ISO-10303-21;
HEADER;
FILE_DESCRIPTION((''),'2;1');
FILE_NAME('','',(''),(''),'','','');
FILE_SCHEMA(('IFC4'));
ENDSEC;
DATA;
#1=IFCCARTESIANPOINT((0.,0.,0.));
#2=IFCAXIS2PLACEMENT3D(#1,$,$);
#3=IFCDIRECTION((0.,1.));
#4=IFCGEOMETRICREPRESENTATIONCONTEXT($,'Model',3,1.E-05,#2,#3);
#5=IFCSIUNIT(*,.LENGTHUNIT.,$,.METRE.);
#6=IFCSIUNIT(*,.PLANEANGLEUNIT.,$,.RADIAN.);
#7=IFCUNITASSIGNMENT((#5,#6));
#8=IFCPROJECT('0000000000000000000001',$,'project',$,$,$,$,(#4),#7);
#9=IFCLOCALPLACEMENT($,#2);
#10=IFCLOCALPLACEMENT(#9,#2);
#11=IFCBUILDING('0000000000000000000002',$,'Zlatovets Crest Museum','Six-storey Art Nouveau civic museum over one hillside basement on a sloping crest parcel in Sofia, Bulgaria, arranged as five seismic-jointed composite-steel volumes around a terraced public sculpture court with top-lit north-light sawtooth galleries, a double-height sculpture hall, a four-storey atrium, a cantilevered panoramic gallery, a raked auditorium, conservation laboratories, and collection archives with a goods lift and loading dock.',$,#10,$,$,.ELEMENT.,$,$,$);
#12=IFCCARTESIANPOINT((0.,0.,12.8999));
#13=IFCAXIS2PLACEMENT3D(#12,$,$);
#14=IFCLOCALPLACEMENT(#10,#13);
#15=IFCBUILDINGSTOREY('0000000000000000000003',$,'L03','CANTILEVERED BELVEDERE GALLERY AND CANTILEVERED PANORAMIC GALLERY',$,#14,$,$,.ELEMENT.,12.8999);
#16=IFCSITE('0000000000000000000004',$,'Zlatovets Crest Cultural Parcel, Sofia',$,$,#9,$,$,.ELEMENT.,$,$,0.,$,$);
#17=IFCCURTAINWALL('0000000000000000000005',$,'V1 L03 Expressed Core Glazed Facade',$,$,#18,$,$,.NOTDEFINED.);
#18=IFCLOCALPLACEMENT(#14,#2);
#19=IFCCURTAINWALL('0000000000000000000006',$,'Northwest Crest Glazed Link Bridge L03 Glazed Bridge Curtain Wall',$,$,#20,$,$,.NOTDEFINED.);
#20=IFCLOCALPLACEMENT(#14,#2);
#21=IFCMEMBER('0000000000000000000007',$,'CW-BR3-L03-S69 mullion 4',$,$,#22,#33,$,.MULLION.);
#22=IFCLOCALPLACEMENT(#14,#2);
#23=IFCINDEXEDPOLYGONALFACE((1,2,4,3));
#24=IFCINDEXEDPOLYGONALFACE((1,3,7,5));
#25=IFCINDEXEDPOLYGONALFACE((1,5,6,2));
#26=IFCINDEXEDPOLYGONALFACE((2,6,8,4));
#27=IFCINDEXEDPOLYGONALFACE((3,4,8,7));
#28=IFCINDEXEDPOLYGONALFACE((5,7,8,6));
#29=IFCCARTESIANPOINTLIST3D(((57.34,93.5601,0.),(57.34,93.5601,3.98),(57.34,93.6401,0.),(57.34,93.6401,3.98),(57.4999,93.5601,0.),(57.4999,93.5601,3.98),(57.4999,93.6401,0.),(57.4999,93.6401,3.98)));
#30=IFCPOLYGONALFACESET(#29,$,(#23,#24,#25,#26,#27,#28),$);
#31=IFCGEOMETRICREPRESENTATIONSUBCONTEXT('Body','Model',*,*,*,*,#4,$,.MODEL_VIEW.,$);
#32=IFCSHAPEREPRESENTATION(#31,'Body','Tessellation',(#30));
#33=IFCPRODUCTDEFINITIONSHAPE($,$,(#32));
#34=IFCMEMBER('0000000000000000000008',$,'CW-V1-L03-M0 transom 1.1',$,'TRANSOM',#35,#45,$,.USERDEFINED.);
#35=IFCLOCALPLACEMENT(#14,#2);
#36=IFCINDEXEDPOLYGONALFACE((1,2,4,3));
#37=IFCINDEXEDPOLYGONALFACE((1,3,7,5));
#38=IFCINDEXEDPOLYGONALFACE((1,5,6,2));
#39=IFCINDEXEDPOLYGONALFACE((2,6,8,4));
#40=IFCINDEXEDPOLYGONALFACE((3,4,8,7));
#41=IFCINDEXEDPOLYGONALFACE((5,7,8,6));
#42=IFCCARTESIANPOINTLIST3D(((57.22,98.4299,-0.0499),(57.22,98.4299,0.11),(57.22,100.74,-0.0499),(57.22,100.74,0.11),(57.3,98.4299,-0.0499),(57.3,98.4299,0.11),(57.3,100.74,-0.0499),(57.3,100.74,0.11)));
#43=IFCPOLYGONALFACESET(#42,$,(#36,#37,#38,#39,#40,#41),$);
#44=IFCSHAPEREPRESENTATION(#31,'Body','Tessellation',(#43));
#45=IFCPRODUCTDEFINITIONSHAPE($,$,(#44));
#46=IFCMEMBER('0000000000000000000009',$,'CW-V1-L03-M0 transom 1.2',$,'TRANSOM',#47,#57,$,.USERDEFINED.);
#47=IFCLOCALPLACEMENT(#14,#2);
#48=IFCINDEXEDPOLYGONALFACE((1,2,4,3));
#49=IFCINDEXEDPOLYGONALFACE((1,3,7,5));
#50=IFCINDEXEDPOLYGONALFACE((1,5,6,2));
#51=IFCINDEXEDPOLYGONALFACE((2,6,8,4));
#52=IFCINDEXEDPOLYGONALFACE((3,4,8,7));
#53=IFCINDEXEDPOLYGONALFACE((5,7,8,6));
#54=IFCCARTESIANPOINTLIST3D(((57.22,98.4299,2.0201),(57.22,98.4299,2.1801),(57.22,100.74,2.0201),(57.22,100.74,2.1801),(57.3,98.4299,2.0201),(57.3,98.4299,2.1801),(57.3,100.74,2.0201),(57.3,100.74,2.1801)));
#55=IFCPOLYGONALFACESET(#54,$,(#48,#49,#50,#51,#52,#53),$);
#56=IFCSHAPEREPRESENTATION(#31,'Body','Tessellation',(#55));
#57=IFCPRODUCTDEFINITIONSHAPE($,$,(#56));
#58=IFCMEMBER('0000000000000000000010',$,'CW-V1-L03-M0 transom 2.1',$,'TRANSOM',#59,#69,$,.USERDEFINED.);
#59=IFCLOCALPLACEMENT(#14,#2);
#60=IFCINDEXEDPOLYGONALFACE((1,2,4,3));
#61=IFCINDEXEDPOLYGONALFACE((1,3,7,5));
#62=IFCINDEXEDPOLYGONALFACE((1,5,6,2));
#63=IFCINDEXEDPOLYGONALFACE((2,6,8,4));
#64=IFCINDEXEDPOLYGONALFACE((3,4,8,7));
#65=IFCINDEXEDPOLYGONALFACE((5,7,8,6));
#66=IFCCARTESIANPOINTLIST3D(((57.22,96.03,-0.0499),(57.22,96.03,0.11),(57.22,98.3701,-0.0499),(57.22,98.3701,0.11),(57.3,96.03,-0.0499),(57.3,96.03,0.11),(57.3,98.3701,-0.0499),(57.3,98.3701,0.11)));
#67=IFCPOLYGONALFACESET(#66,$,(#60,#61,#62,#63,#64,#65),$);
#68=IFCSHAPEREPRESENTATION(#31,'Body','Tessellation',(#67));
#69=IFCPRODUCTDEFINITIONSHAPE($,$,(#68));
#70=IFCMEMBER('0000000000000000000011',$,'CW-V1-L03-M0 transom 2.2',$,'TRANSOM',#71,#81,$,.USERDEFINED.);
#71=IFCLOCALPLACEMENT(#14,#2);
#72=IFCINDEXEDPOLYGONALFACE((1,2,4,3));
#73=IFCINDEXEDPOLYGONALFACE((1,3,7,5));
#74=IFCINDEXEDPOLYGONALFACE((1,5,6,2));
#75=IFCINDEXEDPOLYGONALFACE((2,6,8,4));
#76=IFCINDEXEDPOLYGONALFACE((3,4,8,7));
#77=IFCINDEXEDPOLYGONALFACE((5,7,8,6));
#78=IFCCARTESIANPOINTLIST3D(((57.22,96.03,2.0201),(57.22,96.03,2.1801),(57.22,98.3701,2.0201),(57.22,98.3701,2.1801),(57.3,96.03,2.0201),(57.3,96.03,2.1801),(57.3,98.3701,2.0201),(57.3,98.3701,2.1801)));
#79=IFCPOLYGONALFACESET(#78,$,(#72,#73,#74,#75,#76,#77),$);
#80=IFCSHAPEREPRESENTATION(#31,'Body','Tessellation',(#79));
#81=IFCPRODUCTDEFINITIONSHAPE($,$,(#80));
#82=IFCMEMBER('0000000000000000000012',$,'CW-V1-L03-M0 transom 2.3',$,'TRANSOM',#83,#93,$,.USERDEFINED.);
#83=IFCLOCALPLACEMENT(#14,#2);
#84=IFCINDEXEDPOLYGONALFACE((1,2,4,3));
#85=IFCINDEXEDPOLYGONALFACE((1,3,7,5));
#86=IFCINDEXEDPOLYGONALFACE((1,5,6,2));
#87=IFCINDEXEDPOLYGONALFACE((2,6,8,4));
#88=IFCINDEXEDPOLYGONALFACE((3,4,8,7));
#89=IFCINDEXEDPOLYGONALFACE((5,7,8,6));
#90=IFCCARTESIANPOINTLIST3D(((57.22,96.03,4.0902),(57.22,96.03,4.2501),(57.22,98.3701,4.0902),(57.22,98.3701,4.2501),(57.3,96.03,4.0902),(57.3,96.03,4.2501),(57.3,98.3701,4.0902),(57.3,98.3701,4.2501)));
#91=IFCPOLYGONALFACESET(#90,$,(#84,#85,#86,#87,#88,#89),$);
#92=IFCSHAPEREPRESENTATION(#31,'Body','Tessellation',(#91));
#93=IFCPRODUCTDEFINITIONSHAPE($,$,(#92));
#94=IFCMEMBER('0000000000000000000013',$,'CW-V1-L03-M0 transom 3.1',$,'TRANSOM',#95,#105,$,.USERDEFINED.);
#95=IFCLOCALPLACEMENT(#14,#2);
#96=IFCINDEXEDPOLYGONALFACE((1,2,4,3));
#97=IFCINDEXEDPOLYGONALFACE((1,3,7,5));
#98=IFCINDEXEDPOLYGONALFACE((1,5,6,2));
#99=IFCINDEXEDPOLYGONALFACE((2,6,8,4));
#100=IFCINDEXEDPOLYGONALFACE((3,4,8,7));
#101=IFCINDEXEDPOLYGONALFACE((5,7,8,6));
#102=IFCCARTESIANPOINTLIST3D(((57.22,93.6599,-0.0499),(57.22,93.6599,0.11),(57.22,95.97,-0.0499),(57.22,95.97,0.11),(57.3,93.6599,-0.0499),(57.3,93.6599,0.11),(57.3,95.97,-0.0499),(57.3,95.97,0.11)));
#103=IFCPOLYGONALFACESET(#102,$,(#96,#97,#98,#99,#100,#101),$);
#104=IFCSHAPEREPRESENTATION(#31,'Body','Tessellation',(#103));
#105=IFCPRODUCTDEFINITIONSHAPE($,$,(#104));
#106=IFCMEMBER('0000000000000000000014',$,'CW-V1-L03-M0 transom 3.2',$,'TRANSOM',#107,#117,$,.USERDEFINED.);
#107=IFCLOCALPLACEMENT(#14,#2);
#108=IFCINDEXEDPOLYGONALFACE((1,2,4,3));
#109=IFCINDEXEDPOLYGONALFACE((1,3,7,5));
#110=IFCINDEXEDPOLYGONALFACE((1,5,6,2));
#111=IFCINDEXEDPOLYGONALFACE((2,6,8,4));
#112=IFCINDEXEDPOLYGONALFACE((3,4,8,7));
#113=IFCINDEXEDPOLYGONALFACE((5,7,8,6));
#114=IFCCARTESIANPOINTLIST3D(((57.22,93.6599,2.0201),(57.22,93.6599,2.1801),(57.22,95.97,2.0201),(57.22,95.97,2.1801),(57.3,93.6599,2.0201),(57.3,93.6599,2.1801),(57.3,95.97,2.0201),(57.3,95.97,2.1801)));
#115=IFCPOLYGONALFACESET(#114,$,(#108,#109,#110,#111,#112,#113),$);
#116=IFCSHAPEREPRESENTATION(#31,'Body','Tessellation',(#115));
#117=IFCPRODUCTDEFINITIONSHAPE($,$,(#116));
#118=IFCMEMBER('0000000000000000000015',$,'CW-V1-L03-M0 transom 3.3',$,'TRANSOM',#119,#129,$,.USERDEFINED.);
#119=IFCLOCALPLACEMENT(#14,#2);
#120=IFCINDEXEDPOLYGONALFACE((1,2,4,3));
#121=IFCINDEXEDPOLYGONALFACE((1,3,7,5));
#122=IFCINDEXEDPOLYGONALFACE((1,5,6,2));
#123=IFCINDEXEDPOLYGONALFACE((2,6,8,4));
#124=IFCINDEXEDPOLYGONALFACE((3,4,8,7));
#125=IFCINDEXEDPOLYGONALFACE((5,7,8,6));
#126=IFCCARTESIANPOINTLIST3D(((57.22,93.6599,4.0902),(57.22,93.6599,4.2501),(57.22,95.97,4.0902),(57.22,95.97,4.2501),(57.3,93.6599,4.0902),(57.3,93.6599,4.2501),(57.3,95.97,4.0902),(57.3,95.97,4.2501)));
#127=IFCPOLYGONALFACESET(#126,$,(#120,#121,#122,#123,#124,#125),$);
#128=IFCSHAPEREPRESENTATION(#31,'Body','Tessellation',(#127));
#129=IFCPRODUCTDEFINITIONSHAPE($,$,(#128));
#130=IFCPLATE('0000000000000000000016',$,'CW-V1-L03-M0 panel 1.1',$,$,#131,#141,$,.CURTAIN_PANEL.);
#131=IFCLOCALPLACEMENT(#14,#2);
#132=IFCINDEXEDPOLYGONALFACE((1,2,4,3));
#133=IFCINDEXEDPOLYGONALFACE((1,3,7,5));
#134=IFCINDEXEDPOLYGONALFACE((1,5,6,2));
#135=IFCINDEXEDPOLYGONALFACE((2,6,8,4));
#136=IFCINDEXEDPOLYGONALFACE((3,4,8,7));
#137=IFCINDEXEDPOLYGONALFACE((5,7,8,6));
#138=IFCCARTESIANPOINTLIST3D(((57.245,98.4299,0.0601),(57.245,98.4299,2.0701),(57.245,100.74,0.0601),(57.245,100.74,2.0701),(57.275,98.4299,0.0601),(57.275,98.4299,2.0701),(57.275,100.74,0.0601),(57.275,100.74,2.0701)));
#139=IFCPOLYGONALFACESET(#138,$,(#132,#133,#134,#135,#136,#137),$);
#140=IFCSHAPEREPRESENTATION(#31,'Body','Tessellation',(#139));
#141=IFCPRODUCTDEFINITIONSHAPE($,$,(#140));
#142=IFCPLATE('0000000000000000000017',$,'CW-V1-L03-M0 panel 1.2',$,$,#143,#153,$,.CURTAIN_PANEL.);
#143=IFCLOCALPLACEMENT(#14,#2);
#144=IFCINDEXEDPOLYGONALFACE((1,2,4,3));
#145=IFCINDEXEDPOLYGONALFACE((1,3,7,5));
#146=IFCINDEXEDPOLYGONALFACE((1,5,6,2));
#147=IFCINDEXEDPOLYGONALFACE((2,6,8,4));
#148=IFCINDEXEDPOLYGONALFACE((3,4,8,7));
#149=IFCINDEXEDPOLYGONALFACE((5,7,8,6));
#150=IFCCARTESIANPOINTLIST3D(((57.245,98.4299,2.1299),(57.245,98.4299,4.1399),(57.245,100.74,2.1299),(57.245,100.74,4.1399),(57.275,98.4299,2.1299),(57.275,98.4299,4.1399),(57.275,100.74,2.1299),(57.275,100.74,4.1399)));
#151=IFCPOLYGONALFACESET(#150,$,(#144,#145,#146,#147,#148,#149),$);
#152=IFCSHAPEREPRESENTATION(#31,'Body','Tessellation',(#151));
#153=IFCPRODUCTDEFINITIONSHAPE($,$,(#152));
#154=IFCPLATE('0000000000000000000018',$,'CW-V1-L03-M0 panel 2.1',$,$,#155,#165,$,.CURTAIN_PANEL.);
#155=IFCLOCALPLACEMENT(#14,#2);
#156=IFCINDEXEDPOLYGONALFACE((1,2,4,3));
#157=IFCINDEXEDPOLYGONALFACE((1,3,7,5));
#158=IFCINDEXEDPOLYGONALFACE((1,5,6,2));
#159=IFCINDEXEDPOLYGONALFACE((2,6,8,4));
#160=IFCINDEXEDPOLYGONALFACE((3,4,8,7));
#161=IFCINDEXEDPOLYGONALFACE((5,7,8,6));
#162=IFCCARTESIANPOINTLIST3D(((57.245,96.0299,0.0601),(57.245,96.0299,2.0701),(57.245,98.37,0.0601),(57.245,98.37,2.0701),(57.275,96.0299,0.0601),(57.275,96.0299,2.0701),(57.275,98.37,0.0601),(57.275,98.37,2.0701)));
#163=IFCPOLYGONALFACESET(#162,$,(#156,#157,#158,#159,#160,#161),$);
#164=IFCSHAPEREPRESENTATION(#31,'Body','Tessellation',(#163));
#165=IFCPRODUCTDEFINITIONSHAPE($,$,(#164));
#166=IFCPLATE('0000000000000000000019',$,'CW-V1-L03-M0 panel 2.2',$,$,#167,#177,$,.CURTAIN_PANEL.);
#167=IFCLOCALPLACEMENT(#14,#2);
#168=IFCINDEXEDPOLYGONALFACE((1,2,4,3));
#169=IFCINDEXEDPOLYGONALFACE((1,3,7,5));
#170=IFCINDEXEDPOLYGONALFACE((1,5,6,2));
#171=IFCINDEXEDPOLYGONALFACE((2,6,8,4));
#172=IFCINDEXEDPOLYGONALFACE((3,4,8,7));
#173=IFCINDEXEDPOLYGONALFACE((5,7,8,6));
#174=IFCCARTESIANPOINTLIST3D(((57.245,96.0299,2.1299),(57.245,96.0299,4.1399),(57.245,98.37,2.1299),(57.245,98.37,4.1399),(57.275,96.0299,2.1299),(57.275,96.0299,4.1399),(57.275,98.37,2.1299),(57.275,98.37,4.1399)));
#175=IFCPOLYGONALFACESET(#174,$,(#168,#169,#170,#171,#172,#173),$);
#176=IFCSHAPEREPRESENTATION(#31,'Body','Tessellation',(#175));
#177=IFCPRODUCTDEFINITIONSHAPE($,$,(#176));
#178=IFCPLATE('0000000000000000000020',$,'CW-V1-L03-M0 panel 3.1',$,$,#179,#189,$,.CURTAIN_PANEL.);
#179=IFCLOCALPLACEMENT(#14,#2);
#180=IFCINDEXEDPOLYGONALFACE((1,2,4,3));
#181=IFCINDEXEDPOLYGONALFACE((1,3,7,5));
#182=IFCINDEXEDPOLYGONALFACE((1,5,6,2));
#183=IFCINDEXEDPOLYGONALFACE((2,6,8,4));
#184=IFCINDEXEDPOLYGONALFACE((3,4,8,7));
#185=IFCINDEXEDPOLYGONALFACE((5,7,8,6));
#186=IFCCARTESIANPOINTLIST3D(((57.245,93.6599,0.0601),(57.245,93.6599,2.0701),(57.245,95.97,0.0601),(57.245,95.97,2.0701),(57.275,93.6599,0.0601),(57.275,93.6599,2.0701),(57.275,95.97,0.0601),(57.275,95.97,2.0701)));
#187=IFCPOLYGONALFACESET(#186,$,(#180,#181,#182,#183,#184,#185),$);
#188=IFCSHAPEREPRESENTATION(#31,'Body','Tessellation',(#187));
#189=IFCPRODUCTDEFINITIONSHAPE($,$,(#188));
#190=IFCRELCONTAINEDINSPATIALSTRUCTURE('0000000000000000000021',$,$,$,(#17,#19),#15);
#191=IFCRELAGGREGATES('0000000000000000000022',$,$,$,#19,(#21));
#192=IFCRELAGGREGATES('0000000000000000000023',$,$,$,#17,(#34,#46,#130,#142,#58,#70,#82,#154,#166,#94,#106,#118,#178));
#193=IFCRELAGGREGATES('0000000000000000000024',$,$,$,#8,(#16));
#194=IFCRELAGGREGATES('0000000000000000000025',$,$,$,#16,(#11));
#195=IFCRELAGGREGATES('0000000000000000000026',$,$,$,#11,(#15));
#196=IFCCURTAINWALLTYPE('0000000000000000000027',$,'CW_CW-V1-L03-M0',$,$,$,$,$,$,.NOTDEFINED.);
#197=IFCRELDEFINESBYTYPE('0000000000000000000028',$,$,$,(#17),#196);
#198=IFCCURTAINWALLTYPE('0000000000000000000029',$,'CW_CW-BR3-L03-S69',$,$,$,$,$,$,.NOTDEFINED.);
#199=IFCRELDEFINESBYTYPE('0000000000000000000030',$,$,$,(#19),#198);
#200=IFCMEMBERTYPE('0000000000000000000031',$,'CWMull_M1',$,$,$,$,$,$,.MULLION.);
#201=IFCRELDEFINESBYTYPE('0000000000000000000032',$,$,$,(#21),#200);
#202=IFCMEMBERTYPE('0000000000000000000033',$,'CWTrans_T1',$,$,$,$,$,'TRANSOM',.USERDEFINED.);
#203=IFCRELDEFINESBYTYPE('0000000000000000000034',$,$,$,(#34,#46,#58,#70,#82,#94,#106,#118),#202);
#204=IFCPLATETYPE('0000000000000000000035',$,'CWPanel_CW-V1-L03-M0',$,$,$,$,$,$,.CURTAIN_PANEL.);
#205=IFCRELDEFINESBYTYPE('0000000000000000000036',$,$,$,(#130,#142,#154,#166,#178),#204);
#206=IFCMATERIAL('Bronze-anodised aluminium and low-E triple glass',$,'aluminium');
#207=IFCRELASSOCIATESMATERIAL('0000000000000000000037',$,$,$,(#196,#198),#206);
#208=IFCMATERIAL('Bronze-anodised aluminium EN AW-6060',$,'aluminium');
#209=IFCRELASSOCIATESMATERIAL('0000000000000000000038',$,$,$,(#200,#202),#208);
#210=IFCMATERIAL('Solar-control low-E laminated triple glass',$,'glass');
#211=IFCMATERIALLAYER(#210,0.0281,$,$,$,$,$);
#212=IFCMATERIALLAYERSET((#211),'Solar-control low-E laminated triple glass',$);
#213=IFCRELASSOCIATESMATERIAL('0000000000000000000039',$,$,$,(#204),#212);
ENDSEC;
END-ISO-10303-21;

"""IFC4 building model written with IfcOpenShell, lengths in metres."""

from ifc_helpers import new_model, si_unit, direction, frame, origin, origin_2d, place, context, subcontext, project, spatial, rectangle, extrude, material, layer, layer_set, material_profile, profile_set, type_object, element, aggregate, save


model = new_model("IFC4")

# Units and contexts
model_context = context("Model", 3, precision=1e-05, world=origin(), true_north=direction((0.0, 1.0)))
body_context = subcontext(model_context, "Body", "Model", "MODEL_VIEW")
ifc_project = project(units=[si_unit("LENGTHUNIT", "METRE"), si_unit("PLANEANGLEUNIT", "RADIAN")], contexts=[model_context])

# Site, building, storey
site_placement = place(None, origin())
site = spatial("IfcSite", under=ifc_project, at=site_placement, Name="Zlatovets Crest Cultural Parcel, Sofia", CompositionType="ELEMENT", RefElevation=0.0)
building_placement = place(site_placement, origin())
building = spatial("IfcBuilding", under=site, at=building_placement, Name="Zlatovets Crest Museum", Description="Six-storey Art Nouveau civic museum over one hillside basement on a sloping crest parcel in Sofia, Bulgaria, arranged as five seismic-jointed composite-steel volumes around a terraced public sculpture court with top-lit north-light sawtooth galleries, a double-height sculpture hall, a four-storey atrium, a cantilevered panoramic gallery, a raked auditorium, conservation laboratories, and collection archives with a goods lift and loading dock.", CompositionType="ELEMENT")
storey_placement = place(building_placement, frame((0.0, 0.0, 12.8999)))
storey = spatial("IfcBuildingStorey", under=building, at=storey_placement, Name="L03", Description="CANTILEVERED BELVEDERE GALLERY AND CANTILEVERED PANORAMIC GALLERY", CompositionType="ELEMENT", Elevation=12.8999)

# Curtain wall
ifc_material_1 = material(Name="Bronze-anodised aluminium and low-E triple glass", Category="aluminium")
curtain_wall_type_1 = type_object("IfcCurtainWallType", Name="CW_CW-V1-L03-M0", PredefinedType="NOTDEFINED", material=ifc_material_1)
curtain_wall_1_placement = place(storey_placement, origin())
curtain_wall_1 = element("IfcCurtainWall", 1, at=curtain_wall_1_placement, inside=storey, type_object=curtain_wall_type_1, Name="V1 L03 Expressed Core Glazed Facade", PredefinedType="NOTDEFINED")
ifc_material_2 = material(Name="Bronze-anodised aluminium EN AW-6060", Category="aluminium")
ifc_material_profile_1 = material_profile(ifc_material_2, rectangle(XDim=0.0801, YDim=0.1599, at=origin_2d()), Name="ALU 80x160")
ifc_profile_set_1 = profile_set([ifc_material_profile_1], Name="Bronze-anodised aluminium EN AW-6060")
member_type_1 = type_object("IfcMemberType", Name="CWMull_M1", PredefinedType="MULLION", material=ifc_profile_set_1)

# Curtain wall, member
curtain_wall_type_2 = type_object("IfcCurtainWallType", Name="CW_CW-BR3-L03-S69", PredefinedType="NOTDEFINED", material=ifc_material_1)
curtain_wall_2_placement = place(storey_placement, origin())
curtain_wall_2 = element("IfcCurtainWall", 2, at=curtain_wall_2_placement, inside=storey, type_object=curtain_wall_type_2, Name="Northwest Crest Glazed Link Bridge L03 Glazed Bridge Curtain Wall", PredefinedType="NOTDEFINED")
member_1_placement = place(storey_placement, frame((57.4199, 93.6001, 0.0), z_axis=(0.0, 0.0, 1.0), x_axis=(0.0, 1.0, 0.0)))
member_1 = element("IfcMember", 3, at=member_1_placement, type_object=member_type_1, Name="CW-BR3-L03-S69 mullion 4", PredefinedType="MULLION", context=body_context, shape_type="SweptSolid", body=[
    extrude(rectangle(XDim=0.0801, YDim=0.1599, at=origin_2d()), origin(), (0.0, 0.0, 1.0), 3.98),
])
aggregate(curtain_wall_2, [member_1])

# Members
ifc_material_profile_2 = material_profile(ifc_material_2, rectangle(XDim=0.0801, YDim=0.1599, at=origin_2d()), Name="ALU 80x160")
ifc_profile_set_2 = profile_set([ifc_material_profile_2], Name="Bronze-anodised aluminium EN AW-6060")
member_type_2 = type_object("IfcMemberType", Name="CWTrans_T1", ElementType="TRANSOM", PredefinedType="USERDEFINED", material=ifc_profile_set_2)
member_2_placement = place(storey_placement, frame((57.26, 100.74, 0.03), z_axis=(0.0, -1.0, 0.0), x_axis=(1.0, 0.0, 0.0)))
member_2 = element("IfcMember", 4, at=member_2_placement, type_object=member_type_2, Name="CW-V1-L03-M0 transom 1.1", ObjectType="TRANSOM", PredefinedType="USERDEFINED", context=body_context, shape_type="SweptSolid", body=[
    extrude(rectangle(XDim=0.0801, YDim=0.1599, at=origin_2d()), origin(), (0.0, 0.0, 1.0), 2.3101),
])
member_3_placement = place(storey_placement, frame((57.26, 100.74, 2.1001), z_axis=(0.0, -1.0, 0.0), x_axis=(1.0, 0.0, 0.0)))
member_3 = element("IfcMember", 5, at=member_3_placement, type_object=member_type_2, Name="CW-V1-L03-M0 transom 1.2", ObjectType="TRANSOM", PredefinedType="USERDEFINED", context=body_context, shape_type="SweptSolid", body=[
    extrude(rectangle(XDim=0.0801, YDim=0.1599, at=origin_2d()), origin(), (0.0, 0.0, 1.0), 2.3101),
])
member_4_placement = place(storey_placement, frame((57.26, 98.3701, 0.03), z_axis=(0.0, -1.0, 0.0), x_axis=(1.0, 0.0, 0.0)))
member_4 = element("IfcMember", 6, at=member_4_placement, type_object=member_type_2, Name="CW-V1-L03-M0 transom 2.1", ObjectType="TRANSOM", PredefinedType="USERDEFINED", context=body_context, shape_type="SweptSolid", body=[
    extrude(rectangle(XDim=0.0801, YDim=0.1599, at=origin_2d()), origin(), (0.0, 0.0, 1.0), 2.3401),
])
member_5_placement = place(storey_placement, frame((57.26, 98.3701, 2.1001), z_axis=(0.0, -1.0, 0.0), x_axis=(1.0, 0.0, 0.0)))
member_5 = element("IfcMember", 7, at=member_5_placement, type_object=member_type_2, Name="CW-V1-L03-M0 transom 2.2", ObjectType="TRANSOM", PredefinedType="USERDEFINED", context=body_context, shape_type="SweptSolid", body=[
    extrude(rectangle(XDim=0.0801, YDim=0.1599, at=origin_2d()), origin(), (0.0, 0.0, 1.0), 2.3401),
])
member_6_placement = place(storey_placement, frame((57.26, 98.3701, 4.1702), z_axis=(0.0, -1.0, 0.0), x_axis=(1.0, 0.0, 0.0)))
member_6 = element("IfcMember", 8, at=member_6_placement, type_object=member_type_2, Name="CW-V1-L03-M0 transom 2.3", ObjectType="TRANSOM", PredefinedType="USERDEFINED", context=body_context, shape_type="SweptSolid", body=[
    extrude(rectangle(XDim=0.0801, YDim=0.1599, at=origin_2d()), origin(), (0.0, 0.0, 1.0), 2.3401),
])
member_7_placement = place(storey_placement, frame((57.26, 95.97, 0.03), z_axis=(0.0, -1.0, 0.0), x_axis=(1.0, 0.0, 0.0)))
member_7 = element("IfcMember", 9, at=member_7_placement, type_object=member_type_2, Name="CW-V1-L03-M0 transom 3.1", ObjectType="TRANSOM", PredefinedType="USERDEFINED", context=body_context, shape_type="SweptSolid", body=[
    extrude(rectangle(XDim=0.0801, YDim=0.1599, at=origin_2d()), origin(), (0.0, 0.0, 1.0), 2.3101),
])
member_8_placement = place(storey_placement, frame((57.26, 95.97, 2.1001), z_axis=(0.0, -1.0, 0.0), x_axis=(1.0, 0.0, 0.0)))
member_8 = element("IfcMember", 10, at=member_8_placement, type_object=member_type_2, Name="CW-V1-L03-M0 transom 3.2", ObjectType="TRANSOM", PredefinedType="USERDEFINED", context=body_context, shape_type="SweptSolid", body=[
    extrude(rectangle(XDim=0.0801, YDim=0.1599, at=origin_2d()), origin(), (0.0, 0.0, 1.0), 2.3101),
])
member_9_placement = place(storey_placement, frame((57.26, 95.97, 4.1702), z_axis=(0.0, -1.0, 0.0), x_axis=(1.0, 0.0, 0.0)))
member_9 = element("IfcMember", 11, at=member_9_placement, type_object=member_type_2, Name="CW-V1-L03-M0 transom 3.3", ObjectType="TRANSOM", PredefinedType="USERDEFINED", context=body_context, shape_type="SweptSolid", body=[
    extrude(rectangle(XDim=0.0801, YDim=0.1599, at=origin_2d()), origin(), (0.0, 0.0, 1.0), 2.3101),
])

# Plates
ifc_material_3 = material(Name="Solar-control low-E laminated triple glass", Category="glass")
ifc_layer_1 = layer(ifc_material_3, 0.0281)
ifc_layer_set_1 = layer_set([ifc_layer_1], Name="Solar-control low-E laminated triple glass")
plate_type = type_object("IfcPlateType", Name="CWPanel_CW-V1-L03-M0", PredefinedType="CURTAIN_PANEL", material=ifc_layer_set_1)
plate_1_placement = place(storey_placement, frame((57.26, 99.585, 0.0601), z_axis=(0.0, 0.0, 1.0), x_axis=(0.0, -1.0, 0.0)))
plate_1 = element("IfcPlate", 12, at=plate_1_placement, type_object=plate_type, Name="CW-V1-L03-M0 panel 1.1", PredefinedType="CURTAIN_PANEL", context=body_context, shape_type="SweptSolid", body=[
    extrude(rectangle(XDim=2.3101, YDim=0.03, at=origin_2d()), origin(), (0.0, 0.0, 1.0), 2.01),
])
plate_2_placement = place(storey_placement, frame((57.26, 99.585, 2.1299), z_axis=(0.0, 0.0, 1.0), x_axis=(0.0, -1.0, 0.0)))
plate_2 = element("IfcPlate", 13, at=plate_2_placement, type_object=plate_type, Name="CW-V1-L03-M0 panel 1.2", PredefinedType="CURTAIN_PANEL", context=body_context, shape_type="SweptSolid", body=[
    extrude(rectangle(XDim=2.3101, YDim=0.03, at=origin_2d()), origin(), (0.0, 0.0, 1.0), 2.01),
])
plate_3_placement = place(storey_placement, frame((57.26, 97.2, 0.0601), z_axis=(0.0, 0.0, 1.0), x_axis=(0.0, -1.0, 0.0)))
plate_3 = element("IfcPlate", 14, at=plate_3_placement, type_object=plate_type, Name="CW-V1-L03-M0 panel 2.1", PredefinedType="CURTAIN_PANEL", context=body_context, shape_type="SweptSolid", body=[
    extrude(rectangle(XDim=2.3401, YDim=0.03, at=origin_2d()), origin(), (0.0, 0.0, 1.0), 2.01),
])
plate_4_placement = place(storey_placement, frame((57.26, 97.2, 2.1299), z_axis=(0.0, 0.0, 1.0), x_axis=(0.0, -1.0, 0.0)))
plate_4 = element("IfcPlate", 15, at=plate_4_placement, type_object=plate_type, Name="CW-V1-L03-M0 panel 2.2", PredefinedType="CURTAIN_PANEL", context=body_context, shape_type="SweptSolid", body=[
    extrude(rectangle(XDim=2.3401, YDim=0.03, at=origin_2d()), origin(), (0.0, 0.0, 1.0), 2.01),
])
plate_5_placement = place(storey_placement, frame((57.26, 94.8149, 0.0601), z_axis=(0.0, 0.0, 1.0), x_axis=(0.0, -1.0, 0.0)))
plate_5 = element("IfcPlate", 16, at=plate_5_placement, type_object=plate_type, Name="CW-V1-L03-M0 panel 3.1", PredefinedType="CURTAIN_PANEL", context=body_context, shape_type="SweptSolid", body=[
    extrude(rectangle(XDim=2.3101, YDim=0.03, at=origin_2d()), origin(), (0.0, 0.0, 1.0), 2.01),
])
aggregate(curtain_wall_1, [member_2, member_3, plate_1, plate_2, member_4, member_5, member_6, plate_3, plate_4, member_7, member_8, member_9, plate_5])

save(model, "model.ifc")
